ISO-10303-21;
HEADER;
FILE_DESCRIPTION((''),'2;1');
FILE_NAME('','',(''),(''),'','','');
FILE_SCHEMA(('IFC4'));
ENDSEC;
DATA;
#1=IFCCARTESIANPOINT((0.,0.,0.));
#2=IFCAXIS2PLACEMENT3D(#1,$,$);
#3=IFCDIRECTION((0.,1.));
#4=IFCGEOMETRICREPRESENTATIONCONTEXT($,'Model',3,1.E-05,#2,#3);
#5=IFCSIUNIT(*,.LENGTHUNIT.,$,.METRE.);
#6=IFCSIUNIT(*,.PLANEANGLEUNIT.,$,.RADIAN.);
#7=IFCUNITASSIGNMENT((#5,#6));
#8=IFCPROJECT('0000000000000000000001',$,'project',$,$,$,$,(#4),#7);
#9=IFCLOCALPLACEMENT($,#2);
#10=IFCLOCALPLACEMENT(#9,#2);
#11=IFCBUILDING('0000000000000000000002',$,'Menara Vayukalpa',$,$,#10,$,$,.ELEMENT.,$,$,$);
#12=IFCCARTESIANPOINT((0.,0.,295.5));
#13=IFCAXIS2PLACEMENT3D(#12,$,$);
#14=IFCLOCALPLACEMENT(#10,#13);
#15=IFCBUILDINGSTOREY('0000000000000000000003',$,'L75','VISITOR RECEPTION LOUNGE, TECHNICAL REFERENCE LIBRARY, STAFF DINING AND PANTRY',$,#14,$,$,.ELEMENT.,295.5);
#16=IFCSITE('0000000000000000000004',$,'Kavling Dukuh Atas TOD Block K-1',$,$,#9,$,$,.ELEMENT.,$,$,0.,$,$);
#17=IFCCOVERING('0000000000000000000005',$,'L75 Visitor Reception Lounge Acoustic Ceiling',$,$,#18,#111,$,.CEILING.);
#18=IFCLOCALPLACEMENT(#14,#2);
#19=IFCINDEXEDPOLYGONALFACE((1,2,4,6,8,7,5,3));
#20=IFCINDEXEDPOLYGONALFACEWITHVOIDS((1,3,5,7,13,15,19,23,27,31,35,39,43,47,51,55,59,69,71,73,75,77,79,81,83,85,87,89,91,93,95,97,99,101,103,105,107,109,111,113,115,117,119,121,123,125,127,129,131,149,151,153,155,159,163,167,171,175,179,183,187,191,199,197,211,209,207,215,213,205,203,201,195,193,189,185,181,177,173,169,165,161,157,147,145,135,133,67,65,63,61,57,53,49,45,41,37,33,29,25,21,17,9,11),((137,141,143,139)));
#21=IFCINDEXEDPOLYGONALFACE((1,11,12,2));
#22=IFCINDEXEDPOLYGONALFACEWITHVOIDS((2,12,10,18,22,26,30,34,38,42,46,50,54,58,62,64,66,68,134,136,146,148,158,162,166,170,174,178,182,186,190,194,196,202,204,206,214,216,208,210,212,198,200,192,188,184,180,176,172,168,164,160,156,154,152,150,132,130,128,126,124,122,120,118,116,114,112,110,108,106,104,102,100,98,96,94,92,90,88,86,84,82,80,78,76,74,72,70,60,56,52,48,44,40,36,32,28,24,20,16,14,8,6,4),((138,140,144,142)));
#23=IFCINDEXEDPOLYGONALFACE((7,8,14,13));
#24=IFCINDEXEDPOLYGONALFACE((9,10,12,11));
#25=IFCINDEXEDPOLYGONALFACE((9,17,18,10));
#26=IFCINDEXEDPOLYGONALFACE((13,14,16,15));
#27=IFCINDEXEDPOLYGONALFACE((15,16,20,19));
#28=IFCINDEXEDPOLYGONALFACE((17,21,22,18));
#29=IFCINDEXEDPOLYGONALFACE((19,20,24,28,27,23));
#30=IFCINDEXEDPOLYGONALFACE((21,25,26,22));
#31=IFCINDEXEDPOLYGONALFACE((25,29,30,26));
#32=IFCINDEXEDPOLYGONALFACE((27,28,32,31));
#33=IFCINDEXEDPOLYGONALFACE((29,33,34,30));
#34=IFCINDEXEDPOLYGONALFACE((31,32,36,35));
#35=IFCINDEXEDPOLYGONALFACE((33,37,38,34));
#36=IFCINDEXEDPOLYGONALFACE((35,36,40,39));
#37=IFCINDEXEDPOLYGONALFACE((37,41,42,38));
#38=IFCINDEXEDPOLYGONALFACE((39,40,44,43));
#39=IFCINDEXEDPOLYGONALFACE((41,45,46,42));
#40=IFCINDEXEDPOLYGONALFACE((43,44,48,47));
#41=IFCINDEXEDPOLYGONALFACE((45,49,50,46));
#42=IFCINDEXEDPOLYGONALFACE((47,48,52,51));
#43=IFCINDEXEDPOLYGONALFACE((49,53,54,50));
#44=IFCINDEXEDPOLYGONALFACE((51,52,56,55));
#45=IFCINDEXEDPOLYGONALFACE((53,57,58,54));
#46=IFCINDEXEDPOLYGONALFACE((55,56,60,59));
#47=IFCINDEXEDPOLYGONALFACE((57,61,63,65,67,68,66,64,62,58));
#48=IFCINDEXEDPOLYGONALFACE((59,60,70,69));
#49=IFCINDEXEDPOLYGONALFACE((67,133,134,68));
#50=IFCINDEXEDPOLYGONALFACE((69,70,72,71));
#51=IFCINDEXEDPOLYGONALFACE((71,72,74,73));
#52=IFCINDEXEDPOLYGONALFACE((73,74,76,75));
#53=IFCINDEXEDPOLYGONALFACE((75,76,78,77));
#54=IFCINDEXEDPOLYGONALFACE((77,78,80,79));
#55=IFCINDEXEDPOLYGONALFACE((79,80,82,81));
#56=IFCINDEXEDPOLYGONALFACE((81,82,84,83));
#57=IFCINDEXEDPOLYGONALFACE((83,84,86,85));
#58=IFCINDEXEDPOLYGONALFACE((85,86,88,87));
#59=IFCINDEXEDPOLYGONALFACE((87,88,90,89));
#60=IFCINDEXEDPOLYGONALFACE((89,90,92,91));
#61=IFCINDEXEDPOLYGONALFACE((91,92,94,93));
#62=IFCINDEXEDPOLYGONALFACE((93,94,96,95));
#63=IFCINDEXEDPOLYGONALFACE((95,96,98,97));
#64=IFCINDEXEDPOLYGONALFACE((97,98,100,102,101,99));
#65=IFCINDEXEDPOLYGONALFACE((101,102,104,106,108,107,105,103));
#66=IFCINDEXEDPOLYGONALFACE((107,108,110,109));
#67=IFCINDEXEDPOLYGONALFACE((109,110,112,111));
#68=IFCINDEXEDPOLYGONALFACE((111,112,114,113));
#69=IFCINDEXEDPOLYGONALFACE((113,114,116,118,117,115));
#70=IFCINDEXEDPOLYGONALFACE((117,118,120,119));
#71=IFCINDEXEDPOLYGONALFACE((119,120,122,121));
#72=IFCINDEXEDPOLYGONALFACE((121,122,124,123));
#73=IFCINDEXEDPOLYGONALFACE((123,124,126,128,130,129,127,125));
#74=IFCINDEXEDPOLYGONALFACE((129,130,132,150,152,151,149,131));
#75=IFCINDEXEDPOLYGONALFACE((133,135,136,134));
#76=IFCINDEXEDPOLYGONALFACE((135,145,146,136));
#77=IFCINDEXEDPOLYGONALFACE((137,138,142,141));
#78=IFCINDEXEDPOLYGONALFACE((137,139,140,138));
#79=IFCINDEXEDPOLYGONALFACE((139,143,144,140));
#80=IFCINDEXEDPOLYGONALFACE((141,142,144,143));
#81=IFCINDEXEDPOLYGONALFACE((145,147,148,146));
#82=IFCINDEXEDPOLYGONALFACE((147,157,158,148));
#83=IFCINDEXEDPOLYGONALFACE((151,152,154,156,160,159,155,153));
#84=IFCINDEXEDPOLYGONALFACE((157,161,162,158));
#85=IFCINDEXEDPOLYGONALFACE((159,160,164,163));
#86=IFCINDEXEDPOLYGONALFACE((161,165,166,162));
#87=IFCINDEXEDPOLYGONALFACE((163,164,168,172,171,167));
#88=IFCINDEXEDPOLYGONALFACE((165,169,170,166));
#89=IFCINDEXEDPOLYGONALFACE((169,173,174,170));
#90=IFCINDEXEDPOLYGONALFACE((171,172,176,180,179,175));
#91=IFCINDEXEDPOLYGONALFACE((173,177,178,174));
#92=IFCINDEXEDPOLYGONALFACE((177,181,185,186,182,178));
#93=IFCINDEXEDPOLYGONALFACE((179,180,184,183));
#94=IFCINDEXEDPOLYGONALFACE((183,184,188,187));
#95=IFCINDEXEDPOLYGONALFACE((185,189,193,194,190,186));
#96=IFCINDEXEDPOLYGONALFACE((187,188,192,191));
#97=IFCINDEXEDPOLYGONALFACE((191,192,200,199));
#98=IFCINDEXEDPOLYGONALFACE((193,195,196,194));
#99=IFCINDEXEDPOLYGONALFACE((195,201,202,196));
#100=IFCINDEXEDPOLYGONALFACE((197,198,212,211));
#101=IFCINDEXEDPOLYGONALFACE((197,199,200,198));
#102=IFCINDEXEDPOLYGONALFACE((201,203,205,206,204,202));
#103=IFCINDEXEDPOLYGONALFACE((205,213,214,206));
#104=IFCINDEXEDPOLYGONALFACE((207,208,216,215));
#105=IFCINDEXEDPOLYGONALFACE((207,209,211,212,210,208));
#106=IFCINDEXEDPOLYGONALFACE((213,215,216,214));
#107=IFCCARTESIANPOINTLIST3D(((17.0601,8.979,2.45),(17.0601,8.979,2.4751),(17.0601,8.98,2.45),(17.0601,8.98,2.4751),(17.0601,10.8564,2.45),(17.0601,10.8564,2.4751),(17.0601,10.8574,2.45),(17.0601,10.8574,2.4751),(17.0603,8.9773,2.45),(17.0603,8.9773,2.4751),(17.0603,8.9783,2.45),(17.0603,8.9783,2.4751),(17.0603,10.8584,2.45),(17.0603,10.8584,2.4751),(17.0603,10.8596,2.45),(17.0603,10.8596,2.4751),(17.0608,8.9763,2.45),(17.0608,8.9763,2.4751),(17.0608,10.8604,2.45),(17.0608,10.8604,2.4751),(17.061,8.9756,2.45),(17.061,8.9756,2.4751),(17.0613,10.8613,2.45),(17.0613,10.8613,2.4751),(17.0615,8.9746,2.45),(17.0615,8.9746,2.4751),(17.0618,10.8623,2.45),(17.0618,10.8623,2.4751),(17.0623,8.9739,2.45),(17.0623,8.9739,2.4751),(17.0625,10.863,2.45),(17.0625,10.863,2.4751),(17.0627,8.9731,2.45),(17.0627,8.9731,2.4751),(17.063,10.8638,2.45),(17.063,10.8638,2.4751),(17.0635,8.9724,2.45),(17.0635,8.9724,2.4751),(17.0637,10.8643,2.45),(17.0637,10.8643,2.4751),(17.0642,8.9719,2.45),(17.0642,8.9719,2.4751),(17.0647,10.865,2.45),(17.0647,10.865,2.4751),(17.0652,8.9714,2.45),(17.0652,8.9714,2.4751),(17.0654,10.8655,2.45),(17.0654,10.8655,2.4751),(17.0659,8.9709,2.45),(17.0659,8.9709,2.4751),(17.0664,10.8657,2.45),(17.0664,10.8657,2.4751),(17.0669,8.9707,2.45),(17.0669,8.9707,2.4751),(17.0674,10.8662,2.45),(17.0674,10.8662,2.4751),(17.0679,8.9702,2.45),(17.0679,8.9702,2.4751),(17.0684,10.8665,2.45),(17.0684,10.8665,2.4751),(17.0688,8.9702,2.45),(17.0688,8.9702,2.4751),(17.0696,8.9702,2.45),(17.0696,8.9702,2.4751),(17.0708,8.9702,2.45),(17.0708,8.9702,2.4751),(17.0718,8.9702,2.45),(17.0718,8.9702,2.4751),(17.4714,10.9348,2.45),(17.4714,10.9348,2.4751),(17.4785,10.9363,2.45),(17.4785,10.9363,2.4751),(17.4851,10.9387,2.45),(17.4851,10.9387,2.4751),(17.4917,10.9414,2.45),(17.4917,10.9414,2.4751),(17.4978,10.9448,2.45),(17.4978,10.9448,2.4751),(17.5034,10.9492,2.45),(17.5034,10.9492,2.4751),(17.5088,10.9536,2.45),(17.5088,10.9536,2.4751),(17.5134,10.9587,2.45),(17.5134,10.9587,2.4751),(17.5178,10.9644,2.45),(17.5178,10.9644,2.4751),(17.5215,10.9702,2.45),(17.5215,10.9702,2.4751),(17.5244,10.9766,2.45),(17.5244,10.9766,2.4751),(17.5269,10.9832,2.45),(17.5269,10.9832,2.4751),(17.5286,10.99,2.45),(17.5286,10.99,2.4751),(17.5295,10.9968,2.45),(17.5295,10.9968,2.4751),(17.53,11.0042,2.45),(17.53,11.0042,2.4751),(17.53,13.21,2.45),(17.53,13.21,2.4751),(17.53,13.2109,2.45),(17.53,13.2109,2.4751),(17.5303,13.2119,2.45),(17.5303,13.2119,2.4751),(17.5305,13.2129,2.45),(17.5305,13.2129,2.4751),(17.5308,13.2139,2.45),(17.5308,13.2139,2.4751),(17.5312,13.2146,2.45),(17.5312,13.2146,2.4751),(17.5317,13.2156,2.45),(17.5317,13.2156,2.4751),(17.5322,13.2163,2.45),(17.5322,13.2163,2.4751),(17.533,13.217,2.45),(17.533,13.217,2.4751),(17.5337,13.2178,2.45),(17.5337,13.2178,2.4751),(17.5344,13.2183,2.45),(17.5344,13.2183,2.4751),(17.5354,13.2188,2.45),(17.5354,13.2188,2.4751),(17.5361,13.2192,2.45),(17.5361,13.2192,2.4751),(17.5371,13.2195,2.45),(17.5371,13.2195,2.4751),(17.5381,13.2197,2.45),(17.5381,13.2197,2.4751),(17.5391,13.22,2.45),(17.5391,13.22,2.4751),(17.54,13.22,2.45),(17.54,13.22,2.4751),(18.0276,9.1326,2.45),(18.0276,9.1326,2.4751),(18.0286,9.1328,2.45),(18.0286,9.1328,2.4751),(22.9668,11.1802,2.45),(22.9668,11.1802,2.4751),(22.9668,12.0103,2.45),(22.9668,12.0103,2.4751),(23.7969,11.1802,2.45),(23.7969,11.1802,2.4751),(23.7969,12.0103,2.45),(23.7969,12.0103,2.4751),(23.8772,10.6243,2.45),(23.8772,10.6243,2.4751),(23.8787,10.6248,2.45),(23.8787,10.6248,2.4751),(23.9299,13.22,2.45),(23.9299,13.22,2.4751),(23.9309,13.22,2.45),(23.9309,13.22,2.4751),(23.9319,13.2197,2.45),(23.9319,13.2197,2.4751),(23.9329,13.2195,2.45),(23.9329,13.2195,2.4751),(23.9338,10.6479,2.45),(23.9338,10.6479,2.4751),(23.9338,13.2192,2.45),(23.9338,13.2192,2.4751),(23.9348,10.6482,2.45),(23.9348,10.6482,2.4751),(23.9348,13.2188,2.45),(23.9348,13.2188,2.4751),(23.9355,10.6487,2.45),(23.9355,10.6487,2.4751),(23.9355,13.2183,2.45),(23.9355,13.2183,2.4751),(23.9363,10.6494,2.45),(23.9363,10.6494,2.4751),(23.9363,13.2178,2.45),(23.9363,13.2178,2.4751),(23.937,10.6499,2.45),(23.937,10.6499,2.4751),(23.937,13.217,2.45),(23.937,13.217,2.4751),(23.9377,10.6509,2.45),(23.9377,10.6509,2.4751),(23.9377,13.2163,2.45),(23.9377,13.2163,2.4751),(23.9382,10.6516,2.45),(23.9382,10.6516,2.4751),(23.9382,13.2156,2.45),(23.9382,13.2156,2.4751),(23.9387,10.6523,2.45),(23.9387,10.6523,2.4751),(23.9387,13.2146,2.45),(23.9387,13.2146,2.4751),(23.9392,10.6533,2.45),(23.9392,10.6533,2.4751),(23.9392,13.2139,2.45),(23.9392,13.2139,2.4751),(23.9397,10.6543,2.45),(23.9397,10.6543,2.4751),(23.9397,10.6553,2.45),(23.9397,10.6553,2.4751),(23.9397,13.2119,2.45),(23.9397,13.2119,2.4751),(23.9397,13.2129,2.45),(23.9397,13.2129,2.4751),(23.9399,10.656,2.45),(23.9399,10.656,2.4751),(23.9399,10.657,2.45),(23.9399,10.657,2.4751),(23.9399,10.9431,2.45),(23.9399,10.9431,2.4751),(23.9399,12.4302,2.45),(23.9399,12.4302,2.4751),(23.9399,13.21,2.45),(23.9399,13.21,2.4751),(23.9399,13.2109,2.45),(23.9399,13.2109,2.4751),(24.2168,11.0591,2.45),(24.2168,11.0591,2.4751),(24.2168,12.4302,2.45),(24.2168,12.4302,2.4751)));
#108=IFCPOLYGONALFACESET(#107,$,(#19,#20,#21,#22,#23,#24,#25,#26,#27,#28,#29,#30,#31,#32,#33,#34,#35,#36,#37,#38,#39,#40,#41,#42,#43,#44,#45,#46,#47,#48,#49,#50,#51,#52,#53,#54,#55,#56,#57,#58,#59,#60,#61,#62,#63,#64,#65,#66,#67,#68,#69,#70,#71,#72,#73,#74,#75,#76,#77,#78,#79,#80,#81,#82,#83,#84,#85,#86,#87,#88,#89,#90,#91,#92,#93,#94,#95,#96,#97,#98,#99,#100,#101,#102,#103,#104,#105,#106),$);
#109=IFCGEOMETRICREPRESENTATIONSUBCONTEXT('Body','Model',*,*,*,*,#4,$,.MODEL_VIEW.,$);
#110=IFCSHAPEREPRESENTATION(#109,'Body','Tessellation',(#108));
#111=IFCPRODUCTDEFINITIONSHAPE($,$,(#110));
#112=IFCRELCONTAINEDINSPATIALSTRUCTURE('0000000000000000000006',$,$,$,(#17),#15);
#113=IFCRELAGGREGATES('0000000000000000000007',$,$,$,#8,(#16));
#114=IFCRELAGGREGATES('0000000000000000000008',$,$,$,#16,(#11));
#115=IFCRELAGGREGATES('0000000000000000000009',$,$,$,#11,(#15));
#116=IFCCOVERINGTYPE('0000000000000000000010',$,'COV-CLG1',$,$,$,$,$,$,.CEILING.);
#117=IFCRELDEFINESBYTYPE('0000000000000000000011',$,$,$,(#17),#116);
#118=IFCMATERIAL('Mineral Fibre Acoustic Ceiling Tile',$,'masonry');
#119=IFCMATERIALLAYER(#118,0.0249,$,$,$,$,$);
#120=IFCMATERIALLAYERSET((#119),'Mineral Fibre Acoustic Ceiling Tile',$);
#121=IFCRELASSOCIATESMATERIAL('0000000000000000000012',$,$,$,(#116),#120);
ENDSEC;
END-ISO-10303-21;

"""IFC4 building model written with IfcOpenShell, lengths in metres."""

from ifc_helpers import new_model, si_unit, direction, frame, origin, place, context, subcontext, project, spatial, polyline, outline, extrude, material, layer, layer_set, type_object, element, save


model = new_model("IFC4")

# Units and contexts
model_context = context("Model", 3, precision=1e-05, world=origin(), true_north=direction((0.0, 1.0)))
body_context = subcontext(model_context, "Body", "Model", "MODEL_VIEW")
ifc_project = project(units=[si_unit("LENGTHUNIT", "METRE"), si_unit("PLANEANGLEUNIT", "RADIAN")], contexts=[model_context])

# Site, building, storey
site_placement = place(None, origin())
site = spatial("IfcSite", under=ifc_project, at=site_placement, Name="Kavling Dukuh Atas TOD Block K-1", CompositionType="ELEMENT", RefElevation=0.0)
building_placement = place(site_placement, origin())
building = spatial("IfcBuilding", under=site, at=building_placement, Name="Menara Vayukalpa", CompositionType="ELEMENT")
storey_placement = place(building_placement, frame((0.0, 0.0, 295.5)))
storey = spatial("IfcBuildingStorey", under=building, at=storey_placement, Name="L75", Description="VISITOR RECEPTION LOUNGE, TECHNICAL REFERENCE LIBRARY, STAFF DINING AND PANTRY", CompositionType="ELEMENT", Elevation=295.5)

# Covering
ifc_material_1 = material(Name="Mineral Fibre Acoustic Ceiling Tile", Category="masonry")
ifc_layer_1 = layer(ifc_material_1, 0.0249)
ifc_layer_set_1 = layer_set([ifc_layer_1], Name="Mineral Fibre Acoustic Ceiling Tile")
covering_type_1 = type_object("IfcCoveringType", Name="COV-CLG1", PredefinedType="CEILING", material=ifc_layer_set_1)
covering_1_placement = place(storey_placement, frame((0.0, 0.0, 2.45)))
element("IfcCovering", 1, at=covering_1_placement, inside=storey, type_object=covering_type_1, Name="L75 Visitor Reception Lounge Acoustic Ceiling", PredefinedType="CEILING", context=body_context, shape_type="SweptSolid", body=[
    extrude(outline(polyline([(18.0286, 9.1328), (18.0276, 9.1326), (17.0718, 8.9702), (17.0708, 8.9702), (17.0696, 8.9702), (17.0688, 8.9702), (17.0679, 8.9702), (17.0669, 8.9707), (17.0659, 8.9709), (17.0652, 8.9714), (17.0642, 8.9719), (17.0635, 8.9724), (17.0627, 8.9731), (17.0623, 8.9739), (17.0615, 8.9746), (17.061, 8.9756), (17.0608, 8.9763), (17.0603, 8.9773), (17.0603, 8.9783), (17.0601, 8.979), (17.0601, 8.98), (17.0601, 10.8564), (17.0601, 10.8574), (17.0603, 10.8584), (17.0603, 10.8596), (17.0608, 10.8604), (17.0613, 10.8613), (17.0618, 10.8623), (17.0625, 10.863), (17.063, 10.8638), (17.0637, 10.8643), (17.0647, 10.865), (17.0654, 10.8655), (17.0664, 10.8657), (17.0674, 10.8662), (17.0684, 10.8665), (17.4714, 10.9348), (17.4785, 10.9363), (17.4851, 10.9387), (17.4917, 10.9414), (17.4978, 10.9448), (17.5034, 10.9492), (17.5088, 10.9536), (17.5134, 10.9587), (17.5178, 10.9644), (17.5215, 10.9702), (17.5244, 10.9766), (17.5269, 10.9832), (17.5286, 10.99), (17.5295, 10.9968), (17.53, 11.0042), (17.53, 13.21), (17.53, 13.2109), (17.5303, 13.2119), (17.5305, 13.2129), (17.5308, 13.2139), (17.5312, 13.2146), (17.5317, 13.2156), (17.5322, 13.2163), (17.533, 13.217), (17.5337, 13.2178), (17.5344, 13.2183), (17.5354, 13.2188), (17.5361, 13.2192), (17.5371, 13.2195), (17.5381, 13.2197), (17.5391, 13.22), (17.54, 13.22), (23.9299, 13.22), (23.9309, 13.22), (23.9319, 13.2197), (23.9329, 13.2195), (23.9338, 13.2192), (23.9348, 13.2188), (23.9355, 13.2183), (23.9363, 13.2178), (23.937, 13.217), (23.9377, 13.2163), (23.9382, 13.2156), (23.9387, 13.2146), (23.9392, 13.2139), (23.9397, 13.2129), (23.9397, 13.2119), (23.9399, 13.2109), (23.9399, 13.21), (23.9399, 12.4302), (24.2168, 12.4302), (24.2168, 11.0591), (23.9399, 10.9431), (23.9399, 10.657), (23.9399, 10.656), (23.9397, 10.6553), (23.9397, 10.6543), (23.9392, 10.6533), (23.9387, 10.6523), (23.9382, 10.6516), (23.9377, 10.6509), (23.937, 10.6499), (23.9363, 10.6494), (23.9355, 10.6487), (23.9348, 10.6482), (23.9338, 10.6479), (23.8787, 10.6248), (23.8772, 10.6243), (18.0286, 9.1328)]), holes=[polyline([(23.7969, 12.0103), (22.9668, 12.0103), (22.9668, 11.1802), (23.7969, 11.1802), (23.7969, 12.0103)])]), origin(), (0.0, 0.0, 1.0), 0.0251),
])

save(model, "model.ifc")
